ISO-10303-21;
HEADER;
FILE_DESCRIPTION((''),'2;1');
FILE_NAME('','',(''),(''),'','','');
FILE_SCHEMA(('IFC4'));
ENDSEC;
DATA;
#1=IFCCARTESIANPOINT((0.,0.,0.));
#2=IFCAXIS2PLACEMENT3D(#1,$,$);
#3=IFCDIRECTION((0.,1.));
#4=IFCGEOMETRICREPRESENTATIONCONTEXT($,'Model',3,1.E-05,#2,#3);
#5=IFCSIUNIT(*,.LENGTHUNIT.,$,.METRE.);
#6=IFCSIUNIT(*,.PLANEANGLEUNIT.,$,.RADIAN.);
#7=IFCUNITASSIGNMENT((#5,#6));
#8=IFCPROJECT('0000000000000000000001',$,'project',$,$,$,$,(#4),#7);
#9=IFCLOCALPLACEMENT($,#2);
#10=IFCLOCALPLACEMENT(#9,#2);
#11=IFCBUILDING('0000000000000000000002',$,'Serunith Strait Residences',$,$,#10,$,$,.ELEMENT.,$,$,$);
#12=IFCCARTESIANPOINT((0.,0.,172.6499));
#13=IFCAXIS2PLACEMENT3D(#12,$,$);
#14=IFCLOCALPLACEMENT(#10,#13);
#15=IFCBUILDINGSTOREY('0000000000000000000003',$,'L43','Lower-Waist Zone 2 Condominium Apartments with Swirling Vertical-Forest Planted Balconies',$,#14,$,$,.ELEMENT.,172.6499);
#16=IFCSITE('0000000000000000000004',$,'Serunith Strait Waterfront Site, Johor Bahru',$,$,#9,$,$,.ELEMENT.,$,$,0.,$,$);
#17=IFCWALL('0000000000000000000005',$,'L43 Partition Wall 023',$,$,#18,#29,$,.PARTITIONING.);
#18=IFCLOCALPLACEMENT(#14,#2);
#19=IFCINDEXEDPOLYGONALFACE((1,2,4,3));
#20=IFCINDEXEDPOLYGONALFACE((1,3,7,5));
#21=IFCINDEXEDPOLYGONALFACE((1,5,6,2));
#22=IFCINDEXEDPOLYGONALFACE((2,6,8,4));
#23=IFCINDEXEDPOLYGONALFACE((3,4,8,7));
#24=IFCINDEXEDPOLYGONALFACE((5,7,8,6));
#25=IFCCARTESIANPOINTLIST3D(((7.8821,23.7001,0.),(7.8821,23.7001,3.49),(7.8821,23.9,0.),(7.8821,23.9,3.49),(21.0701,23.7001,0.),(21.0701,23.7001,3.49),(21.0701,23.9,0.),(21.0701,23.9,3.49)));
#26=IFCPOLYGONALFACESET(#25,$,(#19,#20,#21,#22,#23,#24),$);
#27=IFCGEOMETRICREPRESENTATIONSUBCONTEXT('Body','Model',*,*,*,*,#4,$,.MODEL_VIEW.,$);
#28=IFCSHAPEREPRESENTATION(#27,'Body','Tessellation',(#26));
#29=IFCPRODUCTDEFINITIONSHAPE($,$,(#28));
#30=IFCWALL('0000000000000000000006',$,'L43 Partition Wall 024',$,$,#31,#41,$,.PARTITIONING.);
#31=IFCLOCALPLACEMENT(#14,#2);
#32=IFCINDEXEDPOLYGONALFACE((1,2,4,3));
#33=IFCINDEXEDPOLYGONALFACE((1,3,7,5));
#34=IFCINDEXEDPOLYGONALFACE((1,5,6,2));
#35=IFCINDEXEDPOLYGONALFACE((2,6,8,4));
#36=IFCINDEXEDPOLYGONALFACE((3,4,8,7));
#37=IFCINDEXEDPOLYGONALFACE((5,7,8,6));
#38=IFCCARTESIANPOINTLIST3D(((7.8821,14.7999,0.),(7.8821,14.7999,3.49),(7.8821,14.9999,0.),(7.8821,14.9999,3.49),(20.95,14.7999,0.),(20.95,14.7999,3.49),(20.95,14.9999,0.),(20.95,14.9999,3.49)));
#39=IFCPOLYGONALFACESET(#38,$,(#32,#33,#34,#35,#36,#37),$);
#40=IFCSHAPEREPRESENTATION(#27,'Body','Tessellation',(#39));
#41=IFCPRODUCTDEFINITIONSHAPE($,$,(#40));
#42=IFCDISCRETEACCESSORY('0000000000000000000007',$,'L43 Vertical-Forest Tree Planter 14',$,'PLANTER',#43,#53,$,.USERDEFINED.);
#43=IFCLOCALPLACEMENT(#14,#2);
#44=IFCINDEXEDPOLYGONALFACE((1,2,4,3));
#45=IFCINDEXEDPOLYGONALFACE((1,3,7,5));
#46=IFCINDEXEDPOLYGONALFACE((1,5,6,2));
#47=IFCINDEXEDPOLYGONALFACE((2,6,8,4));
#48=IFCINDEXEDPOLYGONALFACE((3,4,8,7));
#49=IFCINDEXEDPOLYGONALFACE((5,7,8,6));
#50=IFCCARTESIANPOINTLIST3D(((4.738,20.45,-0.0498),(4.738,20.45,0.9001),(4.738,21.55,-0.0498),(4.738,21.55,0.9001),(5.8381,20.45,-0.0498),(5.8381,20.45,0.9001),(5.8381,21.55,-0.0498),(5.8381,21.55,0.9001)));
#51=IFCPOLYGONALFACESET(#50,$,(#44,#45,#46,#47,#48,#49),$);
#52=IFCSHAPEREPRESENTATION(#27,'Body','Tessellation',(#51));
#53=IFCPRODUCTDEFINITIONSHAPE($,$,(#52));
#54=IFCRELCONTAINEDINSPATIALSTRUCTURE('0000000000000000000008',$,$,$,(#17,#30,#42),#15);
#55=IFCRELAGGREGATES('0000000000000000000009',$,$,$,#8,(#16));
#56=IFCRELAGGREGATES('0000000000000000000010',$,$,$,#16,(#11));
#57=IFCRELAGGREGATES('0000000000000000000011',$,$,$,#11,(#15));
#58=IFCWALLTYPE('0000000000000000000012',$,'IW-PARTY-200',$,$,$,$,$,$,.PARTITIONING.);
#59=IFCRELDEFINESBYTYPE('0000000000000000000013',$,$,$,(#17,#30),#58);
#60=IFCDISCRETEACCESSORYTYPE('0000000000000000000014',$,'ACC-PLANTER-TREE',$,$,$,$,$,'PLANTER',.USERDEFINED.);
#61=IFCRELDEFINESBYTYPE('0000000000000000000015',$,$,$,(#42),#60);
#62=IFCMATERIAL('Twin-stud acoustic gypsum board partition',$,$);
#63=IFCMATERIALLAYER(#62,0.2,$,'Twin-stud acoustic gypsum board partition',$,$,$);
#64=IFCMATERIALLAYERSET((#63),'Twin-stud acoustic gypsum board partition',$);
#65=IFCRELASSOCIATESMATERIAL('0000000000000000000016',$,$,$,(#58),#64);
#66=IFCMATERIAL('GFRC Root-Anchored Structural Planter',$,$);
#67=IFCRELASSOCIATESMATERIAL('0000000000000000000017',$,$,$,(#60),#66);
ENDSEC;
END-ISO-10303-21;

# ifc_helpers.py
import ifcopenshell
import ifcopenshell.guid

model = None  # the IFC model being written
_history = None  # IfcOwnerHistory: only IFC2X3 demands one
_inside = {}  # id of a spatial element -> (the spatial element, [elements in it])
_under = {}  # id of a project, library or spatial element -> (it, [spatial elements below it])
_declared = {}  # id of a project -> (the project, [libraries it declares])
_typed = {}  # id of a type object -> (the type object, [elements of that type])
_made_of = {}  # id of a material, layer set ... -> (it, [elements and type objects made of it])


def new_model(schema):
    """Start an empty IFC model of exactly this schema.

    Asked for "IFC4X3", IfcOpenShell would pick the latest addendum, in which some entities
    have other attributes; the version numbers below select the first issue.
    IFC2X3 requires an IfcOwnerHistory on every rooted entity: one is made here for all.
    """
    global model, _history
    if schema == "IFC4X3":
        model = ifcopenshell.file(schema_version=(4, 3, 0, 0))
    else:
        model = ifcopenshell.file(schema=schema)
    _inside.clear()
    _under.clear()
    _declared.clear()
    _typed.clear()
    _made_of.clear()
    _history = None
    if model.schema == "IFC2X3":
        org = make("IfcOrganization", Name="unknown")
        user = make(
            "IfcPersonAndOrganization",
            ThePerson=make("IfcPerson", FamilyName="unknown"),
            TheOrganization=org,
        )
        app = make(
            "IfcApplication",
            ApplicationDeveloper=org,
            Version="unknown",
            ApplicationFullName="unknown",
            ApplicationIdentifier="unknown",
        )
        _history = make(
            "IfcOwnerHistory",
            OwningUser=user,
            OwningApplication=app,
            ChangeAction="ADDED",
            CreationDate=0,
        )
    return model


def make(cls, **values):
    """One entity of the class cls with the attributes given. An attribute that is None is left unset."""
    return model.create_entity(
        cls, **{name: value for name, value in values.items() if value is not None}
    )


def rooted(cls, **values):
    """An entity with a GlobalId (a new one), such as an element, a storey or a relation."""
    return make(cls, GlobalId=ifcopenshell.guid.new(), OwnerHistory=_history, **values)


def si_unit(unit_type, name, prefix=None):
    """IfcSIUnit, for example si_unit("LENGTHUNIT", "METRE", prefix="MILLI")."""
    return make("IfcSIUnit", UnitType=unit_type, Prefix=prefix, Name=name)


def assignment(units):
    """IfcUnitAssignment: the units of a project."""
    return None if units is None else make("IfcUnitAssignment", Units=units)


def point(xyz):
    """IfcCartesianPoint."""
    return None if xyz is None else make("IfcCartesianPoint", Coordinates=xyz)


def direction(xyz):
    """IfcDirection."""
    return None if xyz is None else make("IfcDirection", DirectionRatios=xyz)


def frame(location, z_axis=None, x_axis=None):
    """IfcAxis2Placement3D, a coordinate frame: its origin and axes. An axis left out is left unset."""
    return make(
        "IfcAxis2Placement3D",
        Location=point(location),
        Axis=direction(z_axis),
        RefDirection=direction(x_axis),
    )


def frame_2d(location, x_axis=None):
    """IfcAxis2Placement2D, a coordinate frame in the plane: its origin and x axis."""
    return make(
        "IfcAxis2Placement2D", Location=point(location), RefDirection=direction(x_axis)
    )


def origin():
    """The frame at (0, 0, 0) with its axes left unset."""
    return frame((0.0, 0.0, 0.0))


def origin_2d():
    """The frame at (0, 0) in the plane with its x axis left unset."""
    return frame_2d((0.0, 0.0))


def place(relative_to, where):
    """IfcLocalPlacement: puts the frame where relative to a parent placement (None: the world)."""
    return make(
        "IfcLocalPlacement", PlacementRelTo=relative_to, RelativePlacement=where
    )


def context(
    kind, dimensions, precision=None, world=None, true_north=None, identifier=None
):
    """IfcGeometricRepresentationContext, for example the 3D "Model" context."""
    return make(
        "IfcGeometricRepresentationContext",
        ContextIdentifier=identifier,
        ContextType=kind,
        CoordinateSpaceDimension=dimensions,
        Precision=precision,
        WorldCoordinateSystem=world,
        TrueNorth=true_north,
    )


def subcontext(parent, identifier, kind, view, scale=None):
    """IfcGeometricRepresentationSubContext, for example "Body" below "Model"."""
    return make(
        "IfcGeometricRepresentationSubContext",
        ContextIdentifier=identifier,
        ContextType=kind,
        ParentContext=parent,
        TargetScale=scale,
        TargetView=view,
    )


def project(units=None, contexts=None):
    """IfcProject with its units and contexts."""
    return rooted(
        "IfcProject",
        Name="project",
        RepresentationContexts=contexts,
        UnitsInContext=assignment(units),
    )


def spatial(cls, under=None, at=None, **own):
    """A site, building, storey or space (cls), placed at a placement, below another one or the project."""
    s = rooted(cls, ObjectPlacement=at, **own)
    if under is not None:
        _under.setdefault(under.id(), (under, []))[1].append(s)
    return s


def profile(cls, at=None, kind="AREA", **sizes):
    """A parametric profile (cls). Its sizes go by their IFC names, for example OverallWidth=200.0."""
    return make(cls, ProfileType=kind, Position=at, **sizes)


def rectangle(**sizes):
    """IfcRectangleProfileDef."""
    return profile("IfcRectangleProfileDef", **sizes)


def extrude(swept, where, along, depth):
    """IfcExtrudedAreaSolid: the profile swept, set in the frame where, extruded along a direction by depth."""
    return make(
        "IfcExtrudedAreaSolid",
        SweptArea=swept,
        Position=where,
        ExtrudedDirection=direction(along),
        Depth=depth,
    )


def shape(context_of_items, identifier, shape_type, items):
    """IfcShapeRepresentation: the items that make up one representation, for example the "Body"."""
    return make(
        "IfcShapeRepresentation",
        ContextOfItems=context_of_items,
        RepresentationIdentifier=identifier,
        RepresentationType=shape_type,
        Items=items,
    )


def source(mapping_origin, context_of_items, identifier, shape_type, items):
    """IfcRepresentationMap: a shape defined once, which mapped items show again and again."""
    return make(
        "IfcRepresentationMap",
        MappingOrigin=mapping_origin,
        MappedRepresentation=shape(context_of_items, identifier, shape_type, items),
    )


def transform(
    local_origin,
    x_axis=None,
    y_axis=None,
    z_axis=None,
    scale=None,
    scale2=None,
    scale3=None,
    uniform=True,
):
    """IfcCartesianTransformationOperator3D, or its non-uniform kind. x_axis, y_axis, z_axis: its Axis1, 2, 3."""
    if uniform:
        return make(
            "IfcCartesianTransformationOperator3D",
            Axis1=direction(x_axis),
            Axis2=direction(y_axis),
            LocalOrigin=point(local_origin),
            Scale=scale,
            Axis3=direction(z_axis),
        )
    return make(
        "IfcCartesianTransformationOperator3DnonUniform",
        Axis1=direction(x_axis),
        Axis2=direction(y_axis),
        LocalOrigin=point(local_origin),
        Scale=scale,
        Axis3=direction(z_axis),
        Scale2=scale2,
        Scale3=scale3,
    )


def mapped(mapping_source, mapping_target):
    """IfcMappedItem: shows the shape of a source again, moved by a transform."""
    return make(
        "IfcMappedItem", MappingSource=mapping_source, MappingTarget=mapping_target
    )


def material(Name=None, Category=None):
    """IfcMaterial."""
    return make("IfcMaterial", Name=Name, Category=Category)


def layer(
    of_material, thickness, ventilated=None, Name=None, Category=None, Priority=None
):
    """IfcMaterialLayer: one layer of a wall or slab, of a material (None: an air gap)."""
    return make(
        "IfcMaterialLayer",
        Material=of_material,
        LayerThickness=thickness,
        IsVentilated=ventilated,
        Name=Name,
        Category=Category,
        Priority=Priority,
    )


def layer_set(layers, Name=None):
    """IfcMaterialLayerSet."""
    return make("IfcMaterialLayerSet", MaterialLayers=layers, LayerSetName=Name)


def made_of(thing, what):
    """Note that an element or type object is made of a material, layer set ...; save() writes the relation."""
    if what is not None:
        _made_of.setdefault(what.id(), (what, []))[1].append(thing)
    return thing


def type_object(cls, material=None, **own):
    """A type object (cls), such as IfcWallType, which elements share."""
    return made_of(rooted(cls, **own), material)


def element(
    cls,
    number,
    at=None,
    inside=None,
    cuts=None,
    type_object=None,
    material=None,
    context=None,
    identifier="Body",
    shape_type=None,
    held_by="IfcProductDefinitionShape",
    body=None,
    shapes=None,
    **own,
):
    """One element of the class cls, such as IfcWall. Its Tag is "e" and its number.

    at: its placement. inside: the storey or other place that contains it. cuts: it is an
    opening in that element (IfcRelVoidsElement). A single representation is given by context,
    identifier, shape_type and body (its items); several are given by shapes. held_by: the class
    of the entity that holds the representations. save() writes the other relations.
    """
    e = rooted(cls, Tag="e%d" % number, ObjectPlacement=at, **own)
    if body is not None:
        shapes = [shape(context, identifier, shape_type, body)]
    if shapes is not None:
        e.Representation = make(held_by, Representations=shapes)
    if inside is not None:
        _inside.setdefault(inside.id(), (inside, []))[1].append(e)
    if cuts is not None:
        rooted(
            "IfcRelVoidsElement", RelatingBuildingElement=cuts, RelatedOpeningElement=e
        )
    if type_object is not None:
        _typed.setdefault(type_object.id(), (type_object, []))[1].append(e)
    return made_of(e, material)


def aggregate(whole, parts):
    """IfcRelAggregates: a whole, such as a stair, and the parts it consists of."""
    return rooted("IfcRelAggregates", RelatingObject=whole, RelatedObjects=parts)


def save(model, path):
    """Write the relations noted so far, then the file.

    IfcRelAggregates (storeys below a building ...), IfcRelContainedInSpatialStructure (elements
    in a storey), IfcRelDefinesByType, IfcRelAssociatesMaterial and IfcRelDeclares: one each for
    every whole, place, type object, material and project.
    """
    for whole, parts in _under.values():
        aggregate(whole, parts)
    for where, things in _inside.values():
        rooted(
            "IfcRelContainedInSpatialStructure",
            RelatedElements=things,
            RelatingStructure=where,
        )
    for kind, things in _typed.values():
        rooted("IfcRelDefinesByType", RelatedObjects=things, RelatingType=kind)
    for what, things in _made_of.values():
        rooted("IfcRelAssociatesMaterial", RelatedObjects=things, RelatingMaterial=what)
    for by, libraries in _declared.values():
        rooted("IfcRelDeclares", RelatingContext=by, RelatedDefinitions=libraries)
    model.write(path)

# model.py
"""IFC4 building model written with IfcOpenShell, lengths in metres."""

from ifc_helpers import new_model, si_unit, direction, frame, frame_2d, origin, origin_2d, place, context, subcontext, project, spatial, rectangle, extrude, source, transform, mapped, material, layer, layer_set, type_object, element, save


model = new_model("IFC4")

# Units and contexts
model_context = context("Model", 3, precision=1e-05, world=origin(), true_north=direction((0.0, 1.0)))
body_context = subcontext(model_context, "Body", "Model", "MODEL_VIEW")
ifc_project = project(units=[si_unit("LENGTHUNIT", "METRE"), si_unit("PLANEANGLEUNIT", "RADIAN")], contexts=[model_context])

# Site, building, storey
site_placement = place(None, origin())
site = spatial("IfcSite", under=ifc_project, at=site_placement, Name="Serunith Strait Waterfront Site, Johor Bahru", CompositionType="ELEMENT", RefElevation=0.0)
building_placement = place(site_placement, origin())
building = spatial("IfcBuilding", under=site, at=building_placement, Name="Serunith Strait Residences", CompositionType="ELEMENT")
storey_placement = place(building_placement, frame((0.0, 0.0, 172.6499)))
storey = spatial("IfcBuildingStorey", under=building, at=storey_placement, Name="L43", Description="Lower-Waist Zone 2 Condominium Apartments with Swirling Vertical-Forest Planted Balconies", CompositionType="ELEMENT", Elevation=172.6499)

# Walls
ifc_material_1 = material(Name="Twin-stud acoustic gypsum board partition")
ifc_layer_1 = layer(ifc_material_1, 0.2, Name="Twin-stud acoustic gypsum board partition")
ifc_layer_set_1 = layer_set([ifc_layer_1], Name="Twin-stud acoustic gypsum board partition")
wall_type_1 = type_object("IfcWallType", Name="IW-PARTY-200", PredefinedType="PARTITIONING", material=ifc_layer_set_1)
wall_1_placement = place(storey_placement, frame((7.8821, 23.8, 0.0), z_axis=(0.0, 0.0, 1.0), x_axis=(1.0, 0.0, 0.0)))
element("IfcWall", 1, at=wall_1_placement, inside=storey, type_object=wall_type_1, Name="L43 Partition Wall 023", PredefinedType="PARTITIONING", context=body_context, shape_type="SweptSolid", body=[
    extrude(rectangle(XDim=13.188, YDim=0.2, at=frame_2d((6.594, 0.0))), origin(), (0.0, 0.0, 1.0), 3.49),
])
wall_2_placement = place(storey_placement, frame((7.8821, 14.8999, 0.0), z_axis=(0.0, 0.0, 1.0), x_axis=(1.0, 0.0, 0.0)))
element("IfcWall", 2, at=wall_2_placement, inside=storey, type_object=wall_type_1, Name="L43 Partition Wall 024", PredefinedType="PARTITIONING", context=body_context, shape_type="SweptSolid", body=[
    extrude(rectangle(XDim=13.0679, YDim=0.2, at=frame_2d((6.5339, 0.0))), origin(), (0.0, 0.0, 1.0), 3.49),
])

# Discrete accessory
ifc_material_2 = material(Name="GFRC Root-Anchored Structural Planter")
discrete_accessory_type = type_object("IfcDiscreteAccessoryType", Name="ACC-PLANTER-TREE", ElementType="PLANTER", PredefinedType="USERDEFINED", material=ifc_material_2)
shared_shape_1 = source(origin(), body_context, "Body", "SweptSolid", [
    extrude(rectangle(XDim=1.1001, YDim=1.1001, at=origin_2d()), origin(), (0.0, 0.0, 1.0), 0.95),
])
discrete_accessory_placement = place(storey_placement, frame((5.2881, 21.0, -0.0498), z_axis=(0.0, 0.0, 1.0), x_axis=(0.0, -1.0, 0.0)))
element("IfcDiscreteAccessory", 3, at=discrete_accessory_placement, inside=storey, type_object=discrete_accessory_type, Name="L43 Vertical-Forest Tree Planter 14", ObjectType="PLANTER", PredefinedType="USERDEFINED", context=body_context, shape_type="MappedRepresentation", body=[
    mapped(shared_shape_1, transform((0.0, 0.0, 0.0), scale=1.0)),
])

save(model, "model.ifc")
